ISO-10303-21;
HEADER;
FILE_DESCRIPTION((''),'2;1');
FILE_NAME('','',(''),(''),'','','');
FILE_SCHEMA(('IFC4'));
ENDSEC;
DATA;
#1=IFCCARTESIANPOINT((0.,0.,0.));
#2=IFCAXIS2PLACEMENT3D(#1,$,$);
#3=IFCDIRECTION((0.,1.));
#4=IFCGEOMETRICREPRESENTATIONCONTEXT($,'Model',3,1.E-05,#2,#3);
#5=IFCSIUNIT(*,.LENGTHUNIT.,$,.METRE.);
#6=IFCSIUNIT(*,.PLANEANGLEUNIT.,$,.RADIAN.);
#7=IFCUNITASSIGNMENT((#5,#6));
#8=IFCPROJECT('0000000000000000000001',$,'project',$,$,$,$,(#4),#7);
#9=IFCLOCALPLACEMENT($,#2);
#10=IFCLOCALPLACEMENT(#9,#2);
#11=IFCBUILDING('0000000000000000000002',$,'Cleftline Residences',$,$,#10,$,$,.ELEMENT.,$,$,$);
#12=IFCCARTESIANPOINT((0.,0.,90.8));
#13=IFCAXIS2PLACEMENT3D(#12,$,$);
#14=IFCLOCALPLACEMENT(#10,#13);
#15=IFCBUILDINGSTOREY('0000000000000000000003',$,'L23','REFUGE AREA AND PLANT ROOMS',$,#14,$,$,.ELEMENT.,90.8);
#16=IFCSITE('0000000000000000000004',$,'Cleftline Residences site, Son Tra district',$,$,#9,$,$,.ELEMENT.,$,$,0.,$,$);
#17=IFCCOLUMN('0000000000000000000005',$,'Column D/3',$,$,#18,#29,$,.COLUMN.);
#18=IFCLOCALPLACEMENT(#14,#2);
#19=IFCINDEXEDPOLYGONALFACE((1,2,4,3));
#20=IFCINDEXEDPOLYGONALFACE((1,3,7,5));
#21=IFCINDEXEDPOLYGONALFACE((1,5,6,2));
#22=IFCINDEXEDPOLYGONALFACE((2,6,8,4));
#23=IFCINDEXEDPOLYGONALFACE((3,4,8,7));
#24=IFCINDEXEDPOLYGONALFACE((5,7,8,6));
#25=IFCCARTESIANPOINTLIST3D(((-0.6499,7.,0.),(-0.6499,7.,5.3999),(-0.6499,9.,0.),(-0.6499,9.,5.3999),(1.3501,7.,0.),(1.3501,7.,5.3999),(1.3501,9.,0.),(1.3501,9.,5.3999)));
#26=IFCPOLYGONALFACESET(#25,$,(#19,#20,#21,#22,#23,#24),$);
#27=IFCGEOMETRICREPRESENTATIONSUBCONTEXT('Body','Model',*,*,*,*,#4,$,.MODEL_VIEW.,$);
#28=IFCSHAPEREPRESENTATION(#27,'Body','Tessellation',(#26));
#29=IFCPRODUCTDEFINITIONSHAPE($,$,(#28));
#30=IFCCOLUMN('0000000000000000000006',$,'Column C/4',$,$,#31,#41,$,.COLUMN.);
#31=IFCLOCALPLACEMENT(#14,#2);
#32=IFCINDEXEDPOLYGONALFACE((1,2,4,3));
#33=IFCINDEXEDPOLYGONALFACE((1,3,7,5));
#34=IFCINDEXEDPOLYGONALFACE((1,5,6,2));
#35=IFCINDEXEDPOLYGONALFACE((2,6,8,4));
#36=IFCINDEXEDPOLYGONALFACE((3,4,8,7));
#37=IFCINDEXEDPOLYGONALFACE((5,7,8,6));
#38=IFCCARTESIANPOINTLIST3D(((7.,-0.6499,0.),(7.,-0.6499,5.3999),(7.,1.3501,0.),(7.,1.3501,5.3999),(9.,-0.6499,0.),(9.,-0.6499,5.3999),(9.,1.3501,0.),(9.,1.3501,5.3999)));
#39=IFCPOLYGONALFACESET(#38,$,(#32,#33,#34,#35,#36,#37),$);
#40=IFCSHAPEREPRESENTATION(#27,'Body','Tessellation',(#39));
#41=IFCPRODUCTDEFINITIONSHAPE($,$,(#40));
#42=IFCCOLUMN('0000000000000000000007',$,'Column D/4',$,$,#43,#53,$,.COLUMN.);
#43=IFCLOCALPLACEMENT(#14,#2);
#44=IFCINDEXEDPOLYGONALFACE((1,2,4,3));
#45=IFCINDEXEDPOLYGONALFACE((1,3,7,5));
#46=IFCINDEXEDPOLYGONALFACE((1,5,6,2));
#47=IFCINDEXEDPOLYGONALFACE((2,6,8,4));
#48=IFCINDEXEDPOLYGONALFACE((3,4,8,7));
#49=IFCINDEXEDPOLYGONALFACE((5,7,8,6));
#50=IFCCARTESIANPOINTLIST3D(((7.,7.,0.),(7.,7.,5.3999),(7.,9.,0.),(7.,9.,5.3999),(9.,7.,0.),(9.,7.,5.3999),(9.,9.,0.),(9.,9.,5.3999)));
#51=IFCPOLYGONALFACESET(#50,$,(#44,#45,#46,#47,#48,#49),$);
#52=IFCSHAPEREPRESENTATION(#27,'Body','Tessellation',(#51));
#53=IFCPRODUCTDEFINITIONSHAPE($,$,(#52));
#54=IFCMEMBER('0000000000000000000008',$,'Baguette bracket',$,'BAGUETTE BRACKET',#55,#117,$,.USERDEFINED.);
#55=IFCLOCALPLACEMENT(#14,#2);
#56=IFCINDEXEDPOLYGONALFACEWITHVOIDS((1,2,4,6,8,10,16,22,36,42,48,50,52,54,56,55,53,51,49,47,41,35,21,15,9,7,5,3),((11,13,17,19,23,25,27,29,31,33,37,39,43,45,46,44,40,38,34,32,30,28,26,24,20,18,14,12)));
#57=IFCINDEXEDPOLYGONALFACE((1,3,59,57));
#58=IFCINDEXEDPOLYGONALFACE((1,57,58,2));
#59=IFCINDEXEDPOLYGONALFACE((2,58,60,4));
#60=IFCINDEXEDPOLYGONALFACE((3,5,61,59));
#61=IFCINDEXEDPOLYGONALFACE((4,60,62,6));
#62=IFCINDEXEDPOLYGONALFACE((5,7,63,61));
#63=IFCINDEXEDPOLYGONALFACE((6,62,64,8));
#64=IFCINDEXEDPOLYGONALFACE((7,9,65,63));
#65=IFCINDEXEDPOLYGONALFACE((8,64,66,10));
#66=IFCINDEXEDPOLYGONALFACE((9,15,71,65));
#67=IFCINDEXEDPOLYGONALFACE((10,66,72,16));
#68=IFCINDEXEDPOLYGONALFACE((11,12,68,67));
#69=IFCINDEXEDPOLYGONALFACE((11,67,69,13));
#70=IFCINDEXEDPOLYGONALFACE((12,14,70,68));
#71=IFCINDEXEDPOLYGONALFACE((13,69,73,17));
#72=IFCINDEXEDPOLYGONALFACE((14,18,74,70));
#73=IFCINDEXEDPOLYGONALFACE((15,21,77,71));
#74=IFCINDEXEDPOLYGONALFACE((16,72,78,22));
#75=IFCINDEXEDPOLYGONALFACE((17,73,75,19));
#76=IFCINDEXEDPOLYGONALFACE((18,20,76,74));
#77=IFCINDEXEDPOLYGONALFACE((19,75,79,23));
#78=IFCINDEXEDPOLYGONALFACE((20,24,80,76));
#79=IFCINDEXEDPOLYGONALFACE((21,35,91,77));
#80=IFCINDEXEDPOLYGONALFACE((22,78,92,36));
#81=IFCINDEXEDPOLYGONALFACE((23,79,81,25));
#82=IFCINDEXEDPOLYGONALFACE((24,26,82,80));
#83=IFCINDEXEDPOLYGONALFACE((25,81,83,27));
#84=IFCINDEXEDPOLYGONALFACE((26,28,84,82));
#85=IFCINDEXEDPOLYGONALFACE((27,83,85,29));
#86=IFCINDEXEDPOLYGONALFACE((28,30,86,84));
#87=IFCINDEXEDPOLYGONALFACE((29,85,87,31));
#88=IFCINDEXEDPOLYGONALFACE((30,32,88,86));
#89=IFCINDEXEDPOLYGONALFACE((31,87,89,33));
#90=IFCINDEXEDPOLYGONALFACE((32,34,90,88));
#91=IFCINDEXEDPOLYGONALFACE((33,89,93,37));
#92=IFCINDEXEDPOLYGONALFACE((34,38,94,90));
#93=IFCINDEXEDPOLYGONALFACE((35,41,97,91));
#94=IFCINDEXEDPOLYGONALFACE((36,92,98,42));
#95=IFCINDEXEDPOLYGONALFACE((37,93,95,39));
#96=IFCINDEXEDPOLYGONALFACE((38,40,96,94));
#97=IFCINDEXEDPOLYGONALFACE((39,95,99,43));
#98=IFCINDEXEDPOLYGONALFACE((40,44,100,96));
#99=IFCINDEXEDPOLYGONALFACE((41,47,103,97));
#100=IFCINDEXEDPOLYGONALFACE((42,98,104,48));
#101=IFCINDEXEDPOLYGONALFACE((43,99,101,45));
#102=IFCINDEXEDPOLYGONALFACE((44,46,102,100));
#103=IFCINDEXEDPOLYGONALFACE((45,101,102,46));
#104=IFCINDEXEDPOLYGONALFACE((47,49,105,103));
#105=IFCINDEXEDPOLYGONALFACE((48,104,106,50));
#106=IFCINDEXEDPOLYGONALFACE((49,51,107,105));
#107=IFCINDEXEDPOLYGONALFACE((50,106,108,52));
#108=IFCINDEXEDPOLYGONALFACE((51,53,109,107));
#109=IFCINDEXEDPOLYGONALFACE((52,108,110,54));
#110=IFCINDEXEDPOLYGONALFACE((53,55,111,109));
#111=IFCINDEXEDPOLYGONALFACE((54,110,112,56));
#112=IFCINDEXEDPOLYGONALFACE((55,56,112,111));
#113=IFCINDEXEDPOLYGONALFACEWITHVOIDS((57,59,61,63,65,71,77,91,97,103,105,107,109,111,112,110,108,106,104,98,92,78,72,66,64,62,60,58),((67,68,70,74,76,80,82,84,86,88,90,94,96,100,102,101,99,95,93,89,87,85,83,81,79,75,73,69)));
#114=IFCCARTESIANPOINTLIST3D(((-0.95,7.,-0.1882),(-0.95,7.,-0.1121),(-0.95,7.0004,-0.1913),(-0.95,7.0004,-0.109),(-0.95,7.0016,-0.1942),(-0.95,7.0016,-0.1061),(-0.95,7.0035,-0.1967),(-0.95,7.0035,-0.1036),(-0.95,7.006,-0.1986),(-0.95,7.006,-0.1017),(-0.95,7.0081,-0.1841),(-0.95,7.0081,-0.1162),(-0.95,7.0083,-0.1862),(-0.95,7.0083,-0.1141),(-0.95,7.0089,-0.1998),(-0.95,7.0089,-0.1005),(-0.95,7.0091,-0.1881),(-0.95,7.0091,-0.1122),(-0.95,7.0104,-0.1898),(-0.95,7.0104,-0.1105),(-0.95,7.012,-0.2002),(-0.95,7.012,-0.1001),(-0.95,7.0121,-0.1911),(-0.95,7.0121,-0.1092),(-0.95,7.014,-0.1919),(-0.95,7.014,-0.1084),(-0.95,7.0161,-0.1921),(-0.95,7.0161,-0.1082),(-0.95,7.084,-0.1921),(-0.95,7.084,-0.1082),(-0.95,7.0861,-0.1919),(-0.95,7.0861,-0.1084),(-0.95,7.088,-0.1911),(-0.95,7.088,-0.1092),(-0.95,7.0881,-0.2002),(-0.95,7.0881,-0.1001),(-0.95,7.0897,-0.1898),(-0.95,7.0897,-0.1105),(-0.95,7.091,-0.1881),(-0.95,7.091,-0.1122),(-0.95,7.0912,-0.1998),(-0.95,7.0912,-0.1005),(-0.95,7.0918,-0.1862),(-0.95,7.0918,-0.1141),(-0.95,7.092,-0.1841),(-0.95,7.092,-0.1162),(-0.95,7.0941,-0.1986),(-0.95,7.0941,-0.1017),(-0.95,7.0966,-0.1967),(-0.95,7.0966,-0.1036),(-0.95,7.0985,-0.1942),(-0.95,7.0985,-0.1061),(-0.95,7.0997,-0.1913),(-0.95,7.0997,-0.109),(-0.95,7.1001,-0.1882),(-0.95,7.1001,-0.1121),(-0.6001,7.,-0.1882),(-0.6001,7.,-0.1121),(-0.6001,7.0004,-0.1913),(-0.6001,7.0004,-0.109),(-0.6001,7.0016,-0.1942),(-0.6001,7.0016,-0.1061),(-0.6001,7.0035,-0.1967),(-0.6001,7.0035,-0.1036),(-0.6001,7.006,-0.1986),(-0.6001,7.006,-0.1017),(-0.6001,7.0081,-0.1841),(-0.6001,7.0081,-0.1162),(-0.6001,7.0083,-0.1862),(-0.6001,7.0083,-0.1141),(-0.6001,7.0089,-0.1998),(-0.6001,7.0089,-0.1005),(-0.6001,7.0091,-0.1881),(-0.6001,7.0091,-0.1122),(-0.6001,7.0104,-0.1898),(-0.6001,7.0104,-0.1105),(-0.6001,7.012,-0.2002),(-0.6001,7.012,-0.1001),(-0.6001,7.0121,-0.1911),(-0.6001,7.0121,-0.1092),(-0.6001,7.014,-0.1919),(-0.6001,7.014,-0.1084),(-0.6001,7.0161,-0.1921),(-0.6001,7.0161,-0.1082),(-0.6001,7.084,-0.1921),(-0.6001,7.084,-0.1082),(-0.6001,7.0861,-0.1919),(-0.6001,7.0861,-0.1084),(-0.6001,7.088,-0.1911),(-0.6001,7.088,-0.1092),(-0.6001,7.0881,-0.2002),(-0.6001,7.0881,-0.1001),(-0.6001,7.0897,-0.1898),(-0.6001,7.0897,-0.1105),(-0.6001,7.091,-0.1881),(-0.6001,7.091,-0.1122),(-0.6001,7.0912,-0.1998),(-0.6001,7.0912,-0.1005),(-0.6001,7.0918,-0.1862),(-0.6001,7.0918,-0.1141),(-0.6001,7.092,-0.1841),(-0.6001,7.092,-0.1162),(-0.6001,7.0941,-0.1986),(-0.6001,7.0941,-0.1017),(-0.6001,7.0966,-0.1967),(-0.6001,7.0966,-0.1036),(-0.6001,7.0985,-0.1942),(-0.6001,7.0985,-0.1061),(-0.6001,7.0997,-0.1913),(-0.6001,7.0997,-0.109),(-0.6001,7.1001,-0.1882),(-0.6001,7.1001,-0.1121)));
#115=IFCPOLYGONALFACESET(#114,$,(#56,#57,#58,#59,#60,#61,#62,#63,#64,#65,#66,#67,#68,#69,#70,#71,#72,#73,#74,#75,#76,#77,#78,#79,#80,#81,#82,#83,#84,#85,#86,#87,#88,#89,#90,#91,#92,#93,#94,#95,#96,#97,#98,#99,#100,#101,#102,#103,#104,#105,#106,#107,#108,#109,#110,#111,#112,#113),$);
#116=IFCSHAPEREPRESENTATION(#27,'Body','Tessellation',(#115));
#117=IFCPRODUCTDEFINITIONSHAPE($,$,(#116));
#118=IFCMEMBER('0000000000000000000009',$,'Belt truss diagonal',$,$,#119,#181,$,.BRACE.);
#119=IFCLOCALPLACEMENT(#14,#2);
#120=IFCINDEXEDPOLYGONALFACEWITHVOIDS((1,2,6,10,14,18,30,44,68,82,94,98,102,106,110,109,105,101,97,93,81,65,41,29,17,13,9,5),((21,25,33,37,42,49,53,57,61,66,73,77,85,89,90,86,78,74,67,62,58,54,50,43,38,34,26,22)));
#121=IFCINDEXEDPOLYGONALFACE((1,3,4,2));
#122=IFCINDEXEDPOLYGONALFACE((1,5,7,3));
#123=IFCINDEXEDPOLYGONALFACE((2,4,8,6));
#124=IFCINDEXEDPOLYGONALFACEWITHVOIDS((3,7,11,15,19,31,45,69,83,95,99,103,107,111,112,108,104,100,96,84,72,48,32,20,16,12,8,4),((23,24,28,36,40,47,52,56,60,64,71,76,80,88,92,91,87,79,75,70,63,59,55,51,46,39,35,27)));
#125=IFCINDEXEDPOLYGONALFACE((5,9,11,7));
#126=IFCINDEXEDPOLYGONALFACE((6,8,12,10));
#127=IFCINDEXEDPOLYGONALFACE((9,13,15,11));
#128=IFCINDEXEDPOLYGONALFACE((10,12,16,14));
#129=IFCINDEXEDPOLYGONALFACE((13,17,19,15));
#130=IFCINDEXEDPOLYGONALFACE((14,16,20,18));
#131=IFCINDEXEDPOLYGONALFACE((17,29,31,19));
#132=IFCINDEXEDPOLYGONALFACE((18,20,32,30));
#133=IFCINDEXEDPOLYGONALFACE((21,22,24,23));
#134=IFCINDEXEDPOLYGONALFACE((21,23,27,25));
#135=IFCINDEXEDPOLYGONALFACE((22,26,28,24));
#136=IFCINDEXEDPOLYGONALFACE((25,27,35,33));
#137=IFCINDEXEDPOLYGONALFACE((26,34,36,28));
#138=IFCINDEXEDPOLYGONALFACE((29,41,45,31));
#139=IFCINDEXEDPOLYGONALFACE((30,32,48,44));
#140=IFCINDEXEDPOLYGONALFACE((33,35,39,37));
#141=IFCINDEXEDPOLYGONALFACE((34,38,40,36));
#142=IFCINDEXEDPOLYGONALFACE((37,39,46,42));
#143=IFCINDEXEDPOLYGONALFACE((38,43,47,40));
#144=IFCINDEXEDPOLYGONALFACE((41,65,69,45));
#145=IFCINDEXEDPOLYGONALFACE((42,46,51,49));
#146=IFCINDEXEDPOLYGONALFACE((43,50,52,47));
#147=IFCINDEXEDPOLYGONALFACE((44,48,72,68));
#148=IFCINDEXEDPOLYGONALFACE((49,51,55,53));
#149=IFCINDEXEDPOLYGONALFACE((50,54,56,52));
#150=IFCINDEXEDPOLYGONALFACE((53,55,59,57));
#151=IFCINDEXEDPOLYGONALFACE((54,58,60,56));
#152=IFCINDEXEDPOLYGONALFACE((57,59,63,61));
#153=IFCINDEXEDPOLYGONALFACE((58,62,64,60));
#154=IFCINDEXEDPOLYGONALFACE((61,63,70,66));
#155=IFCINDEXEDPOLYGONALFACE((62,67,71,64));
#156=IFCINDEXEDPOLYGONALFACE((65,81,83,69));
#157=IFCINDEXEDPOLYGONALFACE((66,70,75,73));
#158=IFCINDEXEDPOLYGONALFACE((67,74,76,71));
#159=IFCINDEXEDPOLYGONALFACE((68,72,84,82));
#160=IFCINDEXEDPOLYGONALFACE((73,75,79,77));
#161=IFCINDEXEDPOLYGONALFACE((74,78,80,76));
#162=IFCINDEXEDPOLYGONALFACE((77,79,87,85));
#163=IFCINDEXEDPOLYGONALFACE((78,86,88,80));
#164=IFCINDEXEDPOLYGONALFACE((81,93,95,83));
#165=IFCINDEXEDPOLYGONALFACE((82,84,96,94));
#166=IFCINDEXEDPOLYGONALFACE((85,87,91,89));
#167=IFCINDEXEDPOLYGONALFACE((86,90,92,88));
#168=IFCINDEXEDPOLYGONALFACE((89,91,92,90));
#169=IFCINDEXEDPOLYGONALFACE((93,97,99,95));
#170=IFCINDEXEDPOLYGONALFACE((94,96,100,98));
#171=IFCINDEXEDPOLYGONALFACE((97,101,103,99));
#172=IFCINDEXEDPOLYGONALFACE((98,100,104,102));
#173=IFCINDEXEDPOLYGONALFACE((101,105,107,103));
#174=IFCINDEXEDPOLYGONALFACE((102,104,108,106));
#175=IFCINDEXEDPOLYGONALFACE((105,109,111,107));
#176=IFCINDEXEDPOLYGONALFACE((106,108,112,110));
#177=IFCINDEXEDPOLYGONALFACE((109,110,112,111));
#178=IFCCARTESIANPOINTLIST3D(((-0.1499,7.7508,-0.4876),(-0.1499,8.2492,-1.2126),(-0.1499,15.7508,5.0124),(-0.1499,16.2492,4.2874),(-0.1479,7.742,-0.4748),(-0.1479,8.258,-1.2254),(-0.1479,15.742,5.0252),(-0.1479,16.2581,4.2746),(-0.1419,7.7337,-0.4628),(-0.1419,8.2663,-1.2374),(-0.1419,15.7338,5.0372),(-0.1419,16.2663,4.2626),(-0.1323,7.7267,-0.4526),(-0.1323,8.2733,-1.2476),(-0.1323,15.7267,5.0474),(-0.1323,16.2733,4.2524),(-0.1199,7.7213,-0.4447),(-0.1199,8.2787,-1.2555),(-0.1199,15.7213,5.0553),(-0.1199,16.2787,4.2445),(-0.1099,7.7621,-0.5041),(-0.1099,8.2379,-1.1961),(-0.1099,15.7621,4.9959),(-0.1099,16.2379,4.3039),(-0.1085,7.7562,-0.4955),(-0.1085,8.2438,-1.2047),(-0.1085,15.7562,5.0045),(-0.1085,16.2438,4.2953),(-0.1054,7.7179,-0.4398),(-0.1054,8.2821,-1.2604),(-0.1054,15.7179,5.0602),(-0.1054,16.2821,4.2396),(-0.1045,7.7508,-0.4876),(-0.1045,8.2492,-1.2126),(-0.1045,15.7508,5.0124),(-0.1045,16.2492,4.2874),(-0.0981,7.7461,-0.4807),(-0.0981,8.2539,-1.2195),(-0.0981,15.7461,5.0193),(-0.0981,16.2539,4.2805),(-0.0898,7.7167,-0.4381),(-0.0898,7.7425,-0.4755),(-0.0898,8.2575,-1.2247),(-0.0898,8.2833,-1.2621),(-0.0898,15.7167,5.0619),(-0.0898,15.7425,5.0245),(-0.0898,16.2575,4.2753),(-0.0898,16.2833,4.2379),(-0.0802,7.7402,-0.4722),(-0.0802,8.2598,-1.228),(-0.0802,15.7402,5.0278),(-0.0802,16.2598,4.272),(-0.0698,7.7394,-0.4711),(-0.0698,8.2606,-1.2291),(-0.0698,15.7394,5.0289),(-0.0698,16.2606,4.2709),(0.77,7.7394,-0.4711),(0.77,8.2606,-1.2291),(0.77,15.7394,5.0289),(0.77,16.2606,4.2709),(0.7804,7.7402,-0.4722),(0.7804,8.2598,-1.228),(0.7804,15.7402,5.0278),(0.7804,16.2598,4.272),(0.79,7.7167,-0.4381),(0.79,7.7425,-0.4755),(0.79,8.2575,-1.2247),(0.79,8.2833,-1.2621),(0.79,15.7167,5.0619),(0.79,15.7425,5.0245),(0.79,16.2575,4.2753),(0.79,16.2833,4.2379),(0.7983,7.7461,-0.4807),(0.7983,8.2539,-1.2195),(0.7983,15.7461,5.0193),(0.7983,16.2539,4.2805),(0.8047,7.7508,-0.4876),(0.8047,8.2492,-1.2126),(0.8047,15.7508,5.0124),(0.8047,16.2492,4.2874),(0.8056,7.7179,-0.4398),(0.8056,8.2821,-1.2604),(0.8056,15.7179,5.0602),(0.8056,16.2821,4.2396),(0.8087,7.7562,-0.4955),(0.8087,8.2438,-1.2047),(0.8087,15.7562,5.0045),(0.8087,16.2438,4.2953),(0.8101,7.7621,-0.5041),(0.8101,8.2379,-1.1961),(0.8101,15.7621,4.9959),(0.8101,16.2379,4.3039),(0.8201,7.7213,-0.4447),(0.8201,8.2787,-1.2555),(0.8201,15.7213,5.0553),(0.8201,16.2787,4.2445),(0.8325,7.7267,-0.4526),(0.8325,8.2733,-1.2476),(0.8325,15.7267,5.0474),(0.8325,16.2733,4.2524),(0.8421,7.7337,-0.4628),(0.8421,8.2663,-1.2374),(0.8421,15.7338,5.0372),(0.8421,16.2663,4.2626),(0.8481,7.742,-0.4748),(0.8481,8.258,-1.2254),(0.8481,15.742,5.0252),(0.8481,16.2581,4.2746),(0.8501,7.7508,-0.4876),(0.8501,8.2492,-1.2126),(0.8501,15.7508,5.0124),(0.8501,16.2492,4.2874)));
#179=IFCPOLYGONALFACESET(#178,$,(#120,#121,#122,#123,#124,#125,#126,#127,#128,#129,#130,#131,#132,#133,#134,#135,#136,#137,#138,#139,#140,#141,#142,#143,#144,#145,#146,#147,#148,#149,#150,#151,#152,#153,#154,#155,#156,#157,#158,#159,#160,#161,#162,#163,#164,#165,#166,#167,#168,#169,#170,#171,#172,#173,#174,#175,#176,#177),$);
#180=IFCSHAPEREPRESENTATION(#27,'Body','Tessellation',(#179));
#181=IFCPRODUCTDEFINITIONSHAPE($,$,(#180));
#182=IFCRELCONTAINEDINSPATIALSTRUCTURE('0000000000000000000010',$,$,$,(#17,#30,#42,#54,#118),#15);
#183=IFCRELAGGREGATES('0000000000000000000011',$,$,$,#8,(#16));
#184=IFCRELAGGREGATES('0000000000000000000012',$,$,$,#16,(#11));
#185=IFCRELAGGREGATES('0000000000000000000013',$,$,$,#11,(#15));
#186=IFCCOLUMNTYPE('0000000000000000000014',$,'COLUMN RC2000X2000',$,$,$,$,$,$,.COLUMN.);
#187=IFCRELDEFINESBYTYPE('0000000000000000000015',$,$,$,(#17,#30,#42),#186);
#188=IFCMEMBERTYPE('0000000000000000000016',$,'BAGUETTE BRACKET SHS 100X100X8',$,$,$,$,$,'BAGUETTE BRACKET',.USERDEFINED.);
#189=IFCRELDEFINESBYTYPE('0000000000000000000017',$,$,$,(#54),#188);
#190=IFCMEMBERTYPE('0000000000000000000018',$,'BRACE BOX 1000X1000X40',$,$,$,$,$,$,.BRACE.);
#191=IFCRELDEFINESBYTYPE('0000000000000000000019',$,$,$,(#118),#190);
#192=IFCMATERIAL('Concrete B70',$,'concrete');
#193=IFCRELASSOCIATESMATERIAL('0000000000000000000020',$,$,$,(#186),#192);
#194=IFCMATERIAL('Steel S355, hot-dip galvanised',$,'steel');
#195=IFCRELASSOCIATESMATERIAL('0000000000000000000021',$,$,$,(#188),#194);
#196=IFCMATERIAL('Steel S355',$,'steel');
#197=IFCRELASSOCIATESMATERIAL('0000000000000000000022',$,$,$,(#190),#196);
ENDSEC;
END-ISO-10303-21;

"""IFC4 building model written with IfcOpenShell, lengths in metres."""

from ifc_helpers import new_model, si_unit, direction, frame, origin, origin_2d, place, context, subcontext, project, spatial, rectangle, hollow_rectangle, extrude, material, material_profile, profile_set, type_object, element, save


model = new_model("IFC4")

# Units and contexts
model_context = context("Model", 3, precision=1e-05, world=origin(), true_north=direction((0.0, 1.0)))
body_context = subcontext(model_context, "Body", "Model", "MODEL_VIEW")
ifc_project = project(units=[si_unit("LENGTHUNIT", "METRE"), si_unit("PLANEANGLEUNIT", "RADIAN")], contexts=[model_context])

# Site, building, storey
site_placement = place(None, origin())
site = spatial("IfcSite", under=ifc_project, at=site_placement, Name="Cleftline Residences site, Son Tra district", CompositionType="ELEMENT", RefElevation=0.0)
building_placement = place(site_placement, origin())
building = spatial("IfcBuilding", under=site, at=building_placement, Name="Cleftline Residences", CompositionType="ELEMENT")
storey_placement = place(building_placement, frame((0.0, 0.0, 90.8)))
storey = spatial("IfcBuildingStorey", under=building, at=storey_placement, Name="L23", Description="REFUGE AREA AND PLANT ROOMS", CompositionType="ELEMENT", Elevation=90.8)

# Columns
ifc_material_1 = material(Name="Concrete B70", Category="concrete")
ifc_material_profile_1 = material_profile(ifc_material_1, rectangle(XDim=2.0, YDim=2.0, at=origin_2d()))
ifc_profile_set_1 = profile_set([ifc_material_profile_1], Name="Concrete B70")
column_type = type_object("IfcColumnType", Name="COLUMN RC2000X2000", PredefinedType="COLUMN", material=ifc_profile_set_1)
for number, where, z_axis, x_axis, name in (
    (1, (0.3501, 8.0, 0.0), (0.0, 0.0, 1.0), (1.0, 0.0, 0.0), "Column D/3"),
    (2, (8.0, 0.3501, 0.0), (0.0, 0.0, 1.0), (1.0, 0.0, 0.0), "Column C/4"),
    (3, (8.0, 8.0, 0.0), (0.0, 0.0, 1.0), (1.0, 0.0, 0.0), "Column D/4"),
):
    element("IfcColumn", number, at=place(storey_placement, frame(where, z_axis=z_axis, x_axis=x_axis)), inside=storey, type_object=column_type, Name=name, PredefinedType="COLUMN", context=body_context, shape_type="SweptSolid", body=[
        extrude(rectangle(XDim=2.0, YDim=2.0, at=origin_2d()), origin(), (0.0, 0.0, 1.0), 5.3999),
    ])

# Members
ifc_material_2 = material(Name="Steel S355, hot-dip galvanised", Category="steel")
ifc_material_profile_2 = material_profile(ifc_material_2, hollow_rectangle(XDim=0.1001, YDim=0.1001, WallThickness=0.0081, InnerFilletRadius=0.0081, OuterFilletRadius=0.012, at=origin_2d()))
ifc_profile_set_2 = profile_set([ifc_material_profile_2], Name="Steel S355, hot-dip galvanised")
member_type_1 = type_object("IfcMemberType", Name="BAGUETTE BRACKET SHS 100X100X8", ElementType="BAGUETTE BRACKET", PredefinedType="USERDEFINED", material=ifc_profile_set_2)
member_1_placement = place(storey_placement, frame((-0.6001, 7.05, -0.1501), z_axis=(-1.0, 0.0, 0.0), x_axis=(0.0, -1.0, 0.0)))
element("IfcMember", 4, at=member_1_placement, inside=storey, type_object=member_type_1, Name="Baguette bracket", ObjectType="BAGUETTE BRACKET", PredefinedType="USERDEFINED", context=body_context, shape_type="SweptSolid", body=[
    extrude(hollow_rectangle(XDim=0.1001, YDim=0.1001, WallThickness=0.0081, InnerFilletRadius=0.0081, OuterFilletRadius=0.012, at=origin_2d()), origin(), (0.0, 0.0, 1.0), 0.3499),
])
ifc_material_3 = material(Name="Steel S355", Category="steel")
ifc_material_profile_3 = material_profile(ifc_material_3, hollow_rectangle(XDim=1.0, YDim=1.0, WallThickness=0.04, InnerFilletRadius=0.04, OuterFilletRadius=0.0601, at=origin_2d()))
ifc_profile_set_3 = profile_set([ifc_material_profile_3], Name="Steel S355")
member_type_2 = type_object("IfcMemberType", Name="BRACE BOX 1000X1000X40", PredefinedType="BRACE", material=ifc_profile_set_3)
member_2_placement = place(storey_placement, frame((0.3501, 8.0, -0.8501), z_axis=(0.0, 0.824042, 0.566529), x_axis=(0.0, -0.566529, 0.824042)))
element("IfcMember", 5, at=member_2_placement, inside=storey, type_object=member_type_2, Name="Belt truss diagonal", PredefinedType="BRACE", context=body_context, shape_type="SweptSolid", body=[
    extrude(hollow_rectangle(XDim=1.0, YDim=1.0, WallThickness=0.04, InnerFilletRadius=0.04, OuterFilletRadius=0.0601, at=origin_2d()), origin(), (0.0, 0.0, 1.0), 9.7083),
])

save(model, "model.ifc")
